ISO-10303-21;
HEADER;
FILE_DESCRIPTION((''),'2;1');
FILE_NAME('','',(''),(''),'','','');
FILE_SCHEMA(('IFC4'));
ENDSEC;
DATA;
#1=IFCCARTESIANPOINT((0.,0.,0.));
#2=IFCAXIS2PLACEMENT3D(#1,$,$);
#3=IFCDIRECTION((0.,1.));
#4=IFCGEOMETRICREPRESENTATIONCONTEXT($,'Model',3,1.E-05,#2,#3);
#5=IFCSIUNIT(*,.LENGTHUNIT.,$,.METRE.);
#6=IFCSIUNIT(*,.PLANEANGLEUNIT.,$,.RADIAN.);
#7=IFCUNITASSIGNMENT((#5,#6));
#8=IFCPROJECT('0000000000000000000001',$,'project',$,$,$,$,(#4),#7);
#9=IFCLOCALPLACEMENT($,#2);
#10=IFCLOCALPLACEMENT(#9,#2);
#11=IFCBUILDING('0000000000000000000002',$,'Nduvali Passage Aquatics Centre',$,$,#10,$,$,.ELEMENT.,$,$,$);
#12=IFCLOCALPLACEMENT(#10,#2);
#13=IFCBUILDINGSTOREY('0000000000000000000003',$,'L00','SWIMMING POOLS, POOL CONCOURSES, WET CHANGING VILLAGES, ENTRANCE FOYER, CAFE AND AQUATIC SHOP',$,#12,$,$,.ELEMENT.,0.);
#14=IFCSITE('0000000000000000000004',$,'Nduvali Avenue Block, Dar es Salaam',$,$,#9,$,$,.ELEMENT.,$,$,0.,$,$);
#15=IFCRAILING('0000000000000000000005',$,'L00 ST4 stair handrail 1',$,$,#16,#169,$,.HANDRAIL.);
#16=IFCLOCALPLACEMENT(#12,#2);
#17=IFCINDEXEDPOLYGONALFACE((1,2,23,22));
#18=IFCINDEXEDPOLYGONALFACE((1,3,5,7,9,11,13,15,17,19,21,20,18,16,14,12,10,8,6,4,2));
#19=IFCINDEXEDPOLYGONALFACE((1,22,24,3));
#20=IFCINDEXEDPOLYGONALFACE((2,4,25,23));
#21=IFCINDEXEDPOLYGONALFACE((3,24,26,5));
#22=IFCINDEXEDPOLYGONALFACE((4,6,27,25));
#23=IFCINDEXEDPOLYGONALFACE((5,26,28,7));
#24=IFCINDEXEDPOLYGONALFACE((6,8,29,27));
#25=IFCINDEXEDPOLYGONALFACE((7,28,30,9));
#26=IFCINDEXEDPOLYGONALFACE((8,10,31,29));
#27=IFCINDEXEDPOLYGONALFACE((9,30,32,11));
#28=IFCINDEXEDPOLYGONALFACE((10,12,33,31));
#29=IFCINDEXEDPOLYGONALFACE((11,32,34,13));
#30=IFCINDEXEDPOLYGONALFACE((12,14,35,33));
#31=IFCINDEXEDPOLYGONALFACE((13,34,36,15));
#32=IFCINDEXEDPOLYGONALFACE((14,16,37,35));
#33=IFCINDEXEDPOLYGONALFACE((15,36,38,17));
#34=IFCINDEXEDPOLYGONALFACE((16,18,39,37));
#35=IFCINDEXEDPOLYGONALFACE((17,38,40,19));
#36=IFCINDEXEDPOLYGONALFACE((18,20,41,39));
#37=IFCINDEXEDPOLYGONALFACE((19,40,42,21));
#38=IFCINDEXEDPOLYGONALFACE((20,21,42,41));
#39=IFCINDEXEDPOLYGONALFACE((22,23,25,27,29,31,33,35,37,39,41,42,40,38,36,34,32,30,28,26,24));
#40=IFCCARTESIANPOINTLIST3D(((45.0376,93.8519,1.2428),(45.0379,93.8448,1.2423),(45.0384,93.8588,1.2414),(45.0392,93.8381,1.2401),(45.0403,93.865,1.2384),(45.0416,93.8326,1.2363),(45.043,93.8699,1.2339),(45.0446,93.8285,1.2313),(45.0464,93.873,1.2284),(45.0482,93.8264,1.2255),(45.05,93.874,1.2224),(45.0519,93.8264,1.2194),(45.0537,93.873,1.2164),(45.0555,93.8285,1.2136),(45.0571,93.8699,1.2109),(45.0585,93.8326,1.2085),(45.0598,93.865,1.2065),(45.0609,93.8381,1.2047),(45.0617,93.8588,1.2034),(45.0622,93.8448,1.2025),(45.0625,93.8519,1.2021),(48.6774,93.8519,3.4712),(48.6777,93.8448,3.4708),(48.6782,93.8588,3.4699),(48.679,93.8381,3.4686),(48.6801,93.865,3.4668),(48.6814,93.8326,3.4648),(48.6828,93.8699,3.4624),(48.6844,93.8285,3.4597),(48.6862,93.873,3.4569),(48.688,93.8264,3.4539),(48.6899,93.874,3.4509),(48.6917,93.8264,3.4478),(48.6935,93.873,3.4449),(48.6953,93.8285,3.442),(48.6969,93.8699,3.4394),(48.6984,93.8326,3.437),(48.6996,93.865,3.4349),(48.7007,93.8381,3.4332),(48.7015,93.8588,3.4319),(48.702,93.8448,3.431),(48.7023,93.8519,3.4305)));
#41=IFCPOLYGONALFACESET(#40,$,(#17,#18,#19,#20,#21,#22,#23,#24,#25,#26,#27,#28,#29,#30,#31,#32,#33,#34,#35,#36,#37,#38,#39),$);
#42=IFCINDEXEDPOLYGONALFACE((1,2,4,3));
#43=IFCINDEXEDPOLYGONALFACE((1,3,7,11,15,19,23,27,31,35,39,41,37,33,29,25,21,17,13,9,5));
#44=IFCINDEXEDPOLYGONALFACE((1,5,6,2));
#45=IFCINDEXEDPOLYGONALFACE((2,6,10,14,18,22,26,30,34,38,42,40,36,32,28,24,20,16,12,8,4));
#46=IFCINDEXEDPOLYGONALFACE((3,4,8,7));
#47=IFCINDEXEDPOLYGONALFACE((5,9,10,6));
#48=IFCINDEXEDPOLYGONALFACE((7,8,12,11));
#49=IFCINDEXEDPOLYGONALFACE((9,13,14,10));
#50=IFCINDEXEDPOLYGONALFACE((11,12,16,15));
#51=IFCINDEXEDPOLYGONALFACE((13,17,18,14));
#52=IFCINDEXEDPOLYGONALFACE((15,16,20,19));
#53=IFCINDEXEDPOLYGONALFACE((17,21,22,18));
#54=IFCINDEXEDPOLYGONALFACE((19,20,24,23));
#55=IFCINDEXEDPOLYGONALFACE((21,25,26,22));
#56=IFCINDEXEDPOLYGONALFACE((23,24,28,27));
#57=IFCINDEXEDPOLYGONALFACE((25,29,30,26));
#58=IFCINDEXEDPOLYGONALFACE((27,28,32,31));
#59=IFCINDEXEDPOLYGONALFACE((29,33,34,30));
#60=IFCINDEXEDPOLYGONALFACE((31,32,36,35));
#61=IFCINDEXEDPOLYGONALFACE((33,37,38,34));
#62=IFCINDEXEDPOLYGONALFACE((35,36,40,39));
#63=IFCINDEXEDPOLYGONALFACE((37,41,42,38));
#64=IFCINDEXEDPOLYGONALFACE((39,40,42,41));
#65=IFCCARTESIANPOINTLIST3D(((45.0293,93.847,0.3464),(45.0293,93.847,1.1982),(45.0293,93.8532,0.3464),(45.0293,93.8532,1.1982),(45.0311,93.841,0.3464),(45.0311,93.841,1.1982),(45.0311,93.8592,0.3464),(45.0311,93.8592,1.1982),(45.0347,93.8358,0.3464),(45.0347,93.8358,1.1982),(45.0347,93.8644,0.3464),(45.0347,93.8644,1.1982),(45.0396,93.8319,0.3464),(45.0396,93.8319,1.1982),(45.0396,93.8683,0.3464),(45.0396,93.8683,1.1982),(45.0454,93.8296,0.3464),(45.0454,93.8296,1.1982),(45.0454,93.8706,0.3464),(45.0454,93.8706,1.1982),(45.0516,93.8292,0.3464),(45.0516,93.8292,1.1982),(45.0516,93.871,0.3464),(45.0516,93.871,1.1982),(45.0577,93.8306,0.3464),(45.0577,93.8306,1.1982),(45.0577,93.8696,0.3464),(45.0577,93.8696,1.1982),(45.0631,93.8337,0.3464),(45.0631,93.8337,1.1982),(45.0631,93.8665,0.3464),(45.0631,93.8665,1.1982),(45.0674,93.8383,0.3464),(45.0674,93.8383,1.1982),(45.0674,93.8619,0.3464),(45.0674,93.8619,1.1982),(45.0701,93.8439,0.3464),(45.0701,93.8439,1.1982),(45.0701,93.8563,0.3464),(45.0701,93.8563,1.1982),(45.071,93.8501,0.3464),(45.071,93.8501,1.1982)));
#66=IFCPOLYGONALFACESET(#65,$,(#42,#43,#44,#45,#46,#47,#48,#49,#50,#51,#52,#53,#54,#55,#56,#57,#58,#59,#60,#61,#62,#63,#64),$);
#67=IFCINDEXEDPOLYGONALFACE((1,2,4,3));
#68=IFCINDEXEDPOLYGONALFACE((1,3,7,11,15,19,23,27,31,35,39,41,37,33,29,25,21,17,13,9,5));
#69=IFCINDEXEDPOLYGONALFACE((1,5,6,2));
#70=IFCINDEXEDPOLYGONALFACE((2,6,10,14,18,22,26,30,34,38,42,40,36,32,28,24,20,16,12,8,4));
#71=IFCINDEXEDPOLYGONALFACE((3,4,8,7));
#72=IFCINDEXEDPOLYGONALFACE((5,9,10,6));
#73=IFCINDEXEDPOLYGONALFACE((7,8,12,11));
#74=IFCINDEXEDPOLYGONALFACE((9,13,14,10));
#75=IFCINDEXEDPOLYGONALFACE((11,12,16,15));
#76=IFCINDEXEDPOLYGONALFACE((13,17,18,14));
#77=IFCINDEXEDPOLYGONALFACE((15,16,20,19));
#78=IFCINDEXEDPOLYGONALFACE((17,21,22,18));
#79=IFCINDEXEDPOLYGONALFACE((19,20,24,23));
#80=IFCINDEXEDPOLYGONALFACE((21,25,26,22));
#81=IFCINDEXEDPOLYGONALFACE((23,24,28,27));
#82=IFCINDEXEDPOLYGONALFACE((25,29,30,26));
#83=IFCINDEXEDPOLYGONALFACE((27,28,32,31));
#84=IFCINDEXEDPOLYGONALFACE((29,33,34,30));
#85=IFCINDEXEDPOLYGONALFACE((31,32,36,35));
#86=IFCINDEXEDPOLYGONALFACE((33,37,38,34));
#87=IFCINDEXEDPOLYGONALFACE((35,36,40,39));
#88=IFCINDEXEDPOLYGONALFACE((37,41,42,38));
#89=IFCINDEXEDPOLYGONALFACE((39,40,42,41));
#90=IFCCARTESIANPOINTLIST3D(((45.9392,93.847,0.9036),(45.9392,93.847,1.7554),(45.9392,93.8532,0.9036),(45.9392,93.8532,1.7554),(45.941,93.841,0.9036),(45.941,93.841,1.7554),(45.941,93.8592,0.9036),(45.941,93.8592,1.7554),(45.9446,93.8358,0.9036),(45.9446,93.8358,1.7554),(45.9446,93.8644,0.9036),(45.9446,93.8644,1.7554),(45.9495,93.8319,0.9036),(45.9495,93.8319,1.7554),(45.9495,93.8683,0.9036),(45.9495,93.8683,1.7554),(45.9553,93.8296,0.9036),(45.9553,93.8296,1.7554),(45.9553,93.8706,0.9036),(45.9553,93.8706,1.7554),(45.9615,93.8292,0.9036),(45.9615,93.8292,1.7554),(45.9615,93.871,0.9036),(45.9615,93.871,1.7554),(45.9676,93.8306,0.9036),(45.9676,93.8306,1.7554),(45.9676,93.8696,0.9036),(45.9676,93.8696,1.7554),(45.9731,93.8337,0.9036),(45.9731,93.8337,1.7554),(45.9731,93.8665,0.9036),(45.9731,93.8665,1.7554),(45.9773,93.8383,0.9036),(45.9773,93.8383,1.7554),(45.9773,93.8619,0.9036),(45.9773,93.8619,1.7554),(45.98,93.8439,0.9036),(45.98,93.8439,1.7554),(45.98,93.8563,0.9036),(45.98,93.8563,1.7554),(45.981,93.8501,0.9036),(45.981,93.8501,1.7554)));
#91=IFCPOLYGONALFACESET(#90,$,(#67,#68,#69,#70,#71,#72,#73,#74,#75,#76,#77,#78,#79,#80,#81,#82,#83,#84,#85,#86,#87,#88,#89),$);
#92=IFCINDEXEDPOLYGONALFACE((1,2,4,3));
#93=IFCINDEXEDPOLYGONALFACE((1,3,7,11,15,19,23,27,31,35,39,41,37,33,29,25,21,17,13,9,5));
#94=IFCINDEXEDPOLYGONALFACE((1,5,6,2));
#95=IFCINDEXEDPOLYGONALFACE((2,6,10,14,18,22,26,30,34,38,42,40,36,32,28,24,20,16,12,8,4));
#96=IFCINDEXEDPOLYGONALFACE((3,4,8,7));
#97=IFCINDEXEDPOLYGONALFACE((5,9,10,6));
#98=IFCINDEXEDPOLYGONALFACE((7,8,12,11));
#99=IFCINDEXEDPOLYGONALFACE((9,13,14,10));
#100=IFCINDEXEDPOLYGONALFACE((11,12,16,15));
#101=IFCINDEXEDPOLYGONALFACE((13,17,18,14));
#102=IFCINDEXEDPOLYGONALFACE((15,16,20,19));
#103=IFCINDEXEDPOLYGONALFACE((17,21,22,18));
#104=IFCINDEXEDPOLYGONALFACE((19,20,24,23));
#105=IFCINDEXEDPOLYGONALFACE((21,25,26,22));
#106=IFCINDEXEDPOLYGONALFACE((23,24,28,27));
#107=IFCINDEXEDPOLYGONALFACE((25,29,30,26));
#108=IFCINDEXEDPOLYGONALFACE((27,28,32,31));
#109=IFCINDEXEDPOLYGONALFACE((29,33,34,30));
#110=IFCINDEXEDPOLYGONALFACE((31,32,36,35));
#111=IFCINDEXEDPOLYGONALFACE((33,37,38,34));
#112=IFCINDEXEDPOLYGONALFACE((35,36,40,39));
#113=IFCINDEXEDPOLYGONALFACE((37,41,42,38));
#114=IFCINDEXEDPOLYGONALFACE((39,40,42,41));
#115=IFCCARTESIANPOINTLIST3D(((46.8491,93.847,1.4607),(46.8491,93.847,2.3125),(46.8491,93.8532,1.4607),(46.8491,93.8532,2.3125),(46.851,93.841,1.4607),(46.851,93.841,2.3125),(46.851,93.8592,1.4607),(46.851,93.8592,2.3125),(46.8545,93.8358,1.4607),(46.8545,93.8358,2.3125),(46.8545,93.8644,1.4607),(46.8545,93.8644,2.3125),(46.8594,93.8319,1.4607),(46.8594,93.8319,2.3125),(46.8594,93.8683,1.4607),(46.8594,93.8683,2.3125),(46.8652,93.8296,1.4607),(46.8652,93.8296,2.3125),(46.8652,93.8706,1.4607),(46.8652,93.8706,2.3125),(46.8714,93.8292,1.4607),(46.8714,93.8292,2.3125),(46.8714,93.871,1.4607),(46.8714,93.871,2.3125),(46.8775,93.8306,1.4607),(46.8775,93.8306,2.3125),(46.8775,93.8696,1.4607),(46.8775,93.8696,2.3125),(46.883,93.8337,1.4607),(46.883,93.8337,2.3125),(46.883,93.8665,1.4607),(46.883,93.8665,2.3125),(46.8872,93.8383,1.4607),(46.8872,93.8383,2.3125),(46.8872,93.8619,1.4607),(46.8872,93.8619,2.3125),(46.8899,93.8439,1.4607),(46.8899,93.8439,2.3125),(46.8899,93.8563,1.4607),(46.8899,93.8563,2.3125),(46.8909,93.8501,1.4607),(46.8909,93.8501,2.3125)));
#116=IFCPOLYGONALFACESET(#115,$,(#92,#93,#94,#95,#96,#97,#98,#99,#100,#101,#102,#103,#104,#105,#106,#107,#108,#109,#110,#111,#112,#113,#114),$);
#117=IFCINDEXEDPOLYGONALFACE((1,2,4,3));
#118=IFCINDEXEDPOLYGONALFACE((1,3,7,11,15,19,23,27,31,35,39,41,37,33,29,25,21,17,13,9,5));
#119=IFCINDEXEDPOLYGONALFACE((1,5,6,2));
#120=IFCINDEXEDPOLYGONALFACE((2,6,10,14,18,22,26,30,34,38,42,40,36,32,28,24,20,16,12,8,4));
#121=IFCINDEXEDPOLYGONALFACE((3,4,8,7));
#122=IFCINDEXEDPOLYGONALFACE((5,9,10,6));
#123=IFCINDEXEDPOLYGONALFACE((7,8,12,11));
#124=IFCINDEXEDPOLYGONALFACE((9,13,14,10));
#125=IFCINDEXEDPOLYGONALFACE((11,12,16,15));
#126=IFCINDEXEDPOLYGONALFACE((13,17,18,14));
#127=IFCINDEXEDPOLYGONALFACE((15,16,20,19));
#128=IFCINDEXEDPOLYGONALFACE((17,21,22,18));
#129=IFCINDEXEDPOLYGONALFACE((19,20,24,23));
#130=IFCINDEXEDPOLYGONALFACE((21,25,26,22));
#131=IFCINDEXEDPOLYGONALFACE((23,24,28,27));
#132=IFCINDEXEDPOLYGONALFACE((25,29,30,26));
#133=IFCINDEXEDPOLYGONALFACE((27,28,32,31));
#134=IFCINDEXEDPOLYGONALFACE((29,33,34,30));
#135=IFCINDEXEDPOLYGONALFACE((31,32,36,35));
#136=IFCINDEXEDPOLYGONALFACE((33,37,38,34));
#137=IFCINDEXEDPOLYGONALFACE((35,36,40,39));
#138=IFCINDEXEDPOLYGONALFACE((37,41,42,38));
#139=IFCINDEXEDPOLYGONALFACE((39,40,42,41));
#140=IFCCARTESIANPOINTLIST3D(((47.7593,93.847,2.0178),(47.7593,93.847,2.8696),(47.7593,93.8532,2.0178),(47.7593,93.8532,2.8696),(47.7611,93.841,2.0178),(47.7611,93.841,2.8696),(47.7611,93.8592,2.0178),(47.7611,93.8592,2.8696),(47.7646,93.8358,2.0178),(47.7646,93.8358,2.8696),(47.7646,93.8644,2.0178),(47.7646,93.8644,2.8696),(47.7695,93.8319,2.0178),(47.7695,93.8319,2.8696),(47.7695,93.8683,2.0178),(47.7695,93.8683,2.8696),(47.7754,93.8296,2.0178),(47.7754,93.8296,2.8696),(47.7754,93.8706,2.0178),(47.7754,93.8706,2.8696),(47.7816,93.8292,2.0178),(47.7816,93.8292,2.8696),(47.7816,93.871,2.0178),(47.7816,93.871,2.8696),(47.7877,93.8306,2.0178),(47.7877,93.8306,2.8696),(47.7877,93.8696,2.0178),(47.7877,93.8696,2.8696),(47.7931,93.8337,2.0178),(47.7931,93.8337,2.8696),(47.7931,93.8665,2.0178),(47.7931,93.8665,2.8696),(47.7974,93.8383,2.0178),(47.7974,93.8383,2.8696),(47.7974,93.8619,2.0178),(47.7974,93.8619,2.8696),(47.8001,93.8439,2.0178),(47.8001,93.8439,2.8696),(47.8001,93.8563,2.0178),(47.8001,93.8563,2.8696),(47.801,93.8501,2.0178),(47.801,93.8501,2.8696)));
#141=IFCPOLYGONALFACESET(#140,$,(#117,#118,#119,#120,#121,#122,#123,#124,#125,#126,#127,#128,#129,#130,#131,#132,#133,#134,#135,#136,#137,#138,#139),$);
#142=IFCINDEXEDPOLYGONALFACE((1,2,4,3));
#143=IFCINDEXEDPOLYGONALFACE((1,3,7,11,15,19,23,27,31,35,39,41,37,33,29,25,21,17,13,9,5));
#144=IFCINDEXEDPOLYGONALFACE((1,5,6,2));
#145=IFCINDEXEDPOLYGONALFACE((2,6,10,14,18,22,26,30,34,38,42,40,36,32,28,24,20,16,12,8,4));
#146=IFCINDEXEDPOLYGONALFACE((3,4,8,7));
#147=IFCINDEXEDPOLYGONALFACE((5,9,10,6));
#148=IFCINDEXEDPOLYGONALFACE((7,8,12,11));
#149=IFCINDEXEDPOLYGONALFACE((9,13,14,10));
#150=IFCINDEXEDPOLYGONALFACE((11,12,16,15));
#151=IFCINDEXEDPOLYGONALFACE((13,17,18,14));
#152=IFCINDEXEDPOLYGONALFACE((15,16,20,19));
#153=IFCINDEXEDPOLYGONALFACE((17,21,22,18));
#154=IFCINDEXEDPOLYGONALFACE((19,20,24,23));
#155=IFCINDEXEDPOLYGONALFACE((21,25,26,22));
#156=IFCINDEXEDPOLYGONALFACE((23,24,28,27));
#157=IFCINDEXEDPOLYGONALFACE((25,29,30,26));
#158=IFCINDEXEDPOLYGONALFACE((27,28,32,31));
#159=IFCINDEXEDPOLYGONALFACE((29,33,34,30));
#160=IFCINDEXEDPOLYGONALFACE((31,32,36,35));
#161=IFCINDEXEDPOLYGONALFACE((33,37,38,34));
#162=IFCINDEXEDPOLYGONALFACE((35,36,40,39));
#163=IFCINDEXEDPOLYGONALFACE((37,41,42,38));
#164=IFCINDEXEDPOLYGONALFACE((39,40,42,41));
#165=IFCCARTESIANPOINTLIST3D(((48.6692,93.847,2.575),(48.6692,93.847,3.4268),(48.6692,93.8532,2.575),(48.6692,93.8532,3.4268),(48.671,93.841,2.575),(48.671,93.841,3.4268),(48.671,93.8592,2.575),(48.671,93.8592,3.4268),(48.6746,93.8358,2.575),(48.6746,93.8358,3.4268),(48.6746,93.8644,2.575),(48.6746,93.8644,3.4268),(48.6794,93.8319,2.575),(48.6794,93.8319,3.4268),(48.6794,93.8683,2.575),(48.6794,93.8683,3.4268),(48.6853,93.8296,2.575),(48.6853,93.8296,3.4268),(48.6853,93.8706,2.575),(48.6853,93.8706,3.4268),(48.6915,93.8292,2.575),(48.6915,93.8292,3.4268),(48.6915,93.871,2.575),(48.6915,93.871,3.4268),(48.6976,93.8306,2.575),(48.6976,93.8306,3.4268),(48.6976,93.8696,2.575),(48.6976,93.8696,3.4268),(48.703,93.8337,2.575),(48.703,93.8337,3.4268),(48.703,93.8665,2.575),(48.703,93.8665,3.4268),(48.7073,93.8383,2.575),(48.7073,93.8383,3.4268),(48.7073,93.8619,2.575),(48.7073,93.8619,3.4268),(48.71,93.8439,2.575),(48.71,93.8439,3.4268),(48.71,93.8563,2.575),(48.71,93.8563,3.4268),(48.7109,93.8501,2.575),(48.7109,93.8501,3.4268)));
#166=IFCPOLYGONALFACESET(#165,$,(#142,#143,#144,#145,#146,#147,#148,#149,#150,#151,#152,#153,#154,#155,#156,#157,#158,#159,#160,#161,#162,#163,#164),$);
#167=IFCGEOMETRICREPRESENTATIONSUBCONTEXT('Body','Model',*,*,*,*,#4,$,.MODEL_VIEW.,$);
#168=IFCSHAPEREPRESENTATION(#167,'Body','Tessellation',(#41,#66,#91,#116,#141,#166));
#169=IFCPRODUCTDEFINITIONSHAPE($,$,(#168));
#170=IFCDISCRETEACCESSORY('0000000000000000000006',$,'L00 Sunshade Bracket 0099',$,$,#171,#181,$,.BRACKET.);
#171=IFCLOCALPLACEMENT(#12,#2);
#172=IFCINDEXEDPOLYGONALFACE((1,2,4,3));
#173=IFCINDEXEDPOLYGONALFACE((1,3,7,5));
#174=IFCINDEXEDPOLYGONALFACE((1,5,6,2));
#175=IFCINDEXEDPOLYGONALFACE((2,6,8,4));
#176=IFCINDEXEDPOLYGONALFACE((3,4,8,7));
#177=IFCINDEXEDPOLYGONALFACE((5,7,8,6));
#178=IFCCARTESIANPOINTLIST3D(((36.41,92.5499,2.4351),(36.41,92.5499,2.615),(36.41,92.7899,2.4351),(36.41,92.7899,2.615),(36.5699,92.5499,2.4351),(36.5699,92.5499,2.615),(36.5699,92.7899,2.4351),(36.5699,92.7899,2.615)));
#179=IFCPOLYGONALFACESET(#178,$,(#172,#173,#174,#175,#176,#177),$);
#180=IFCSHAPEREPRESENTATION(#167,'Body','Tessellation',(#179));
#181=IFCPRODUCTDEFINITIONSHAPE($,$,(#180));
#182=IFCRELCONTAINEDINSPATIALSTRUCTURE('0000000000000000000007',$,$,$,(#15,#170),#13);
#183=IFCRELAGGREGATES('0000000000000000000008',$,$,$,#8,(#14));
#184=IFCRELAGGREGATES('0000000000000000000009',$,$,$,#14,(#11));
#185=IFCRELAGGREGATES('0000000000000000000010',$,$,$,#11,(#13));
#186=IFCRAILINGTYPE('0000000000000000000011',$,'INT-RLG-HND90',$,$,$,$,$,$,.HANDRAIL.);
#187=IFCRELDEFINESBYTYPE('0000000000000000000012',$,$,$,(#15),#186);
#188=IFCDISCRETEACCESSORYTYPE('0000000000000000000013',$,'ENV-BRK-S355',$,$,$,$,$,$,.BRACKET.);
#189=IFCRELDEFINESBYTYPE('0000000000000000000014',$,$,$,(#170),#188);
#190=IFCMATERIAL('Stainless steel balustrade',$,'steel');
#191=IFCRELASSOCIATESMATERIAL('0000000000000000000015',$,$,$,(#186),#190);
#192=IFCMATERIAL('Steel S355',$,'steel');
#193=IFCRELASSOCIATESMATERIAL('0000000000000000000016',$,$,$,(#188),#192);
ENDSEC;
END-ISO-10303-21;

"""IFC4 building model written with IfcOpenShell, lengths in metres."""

from ifc_helpers import new_model, si_unit, direction, frame, origin, origin_2d, place, context, subcontext, project, spatial, rectangle, circle, extrude, material, type_object, element, save


model = new_model("IFC4")

# Units and contexts
model_context = context("Model", 3, precision=1e-05, world=origin(), true_north=direction((0.0, 1.0)))
body_context = subcontext(model_context, "Body", "Model", "MODEL_VIEW")
ifc_project = project(units=[si_unit("LENGTHUNIT", "METRE"), si_unit("PLANEANGLEUNIT", "RADIAN")], contexts=[model_context])

# Site, building, storey
site_placement = place(None, origin())
site = spatial("IfcSite", under=ifc_project, at=site_placement, Name="Nduvali Avenue Block, Dar es Salaam", CompositionType="ELEMENT", RefElevation=0.0)
building_placement = place(site_placement, origin())
building = spatial("IfcBuilding", under=site, at=building_placement, Name="Nduvali Passage Aquatics Centre", CompositionType="ELEMENT")
storey_placement = place(building_placement, origin())
storey = spatial("IfcBuildingStorey", under=building, at=storey_placement, Name="L00", Description="SWIMMING POOLS, POOL CONCOURSES, WET CHANGING VILLAGES, ENTRANCE FOYER, CAFE AND AQUATIC SHOP", CompositionType="ELEMENT", Elevation=0.0)

# Railing
ifc_material_1 = material(Name="Stainless steel balustrade", Category="steel")
railing_type_1 = type_object("IfcRailingType", Name="INT-RLG-HND90", PredefinedType="HANDRAIL", material=ifc_material_1)
railing_placement = place(storey_placement, frame((45.05, 93.8501, 0.3464)))
element("IfcRailing", 1, at=railing_placement, inside=storey, type_object=railing_type_1, Name="L00 ST4 stair handrail 1", PredefinedType="HANDRAIL", context=body_context, shape_type="SweptSolid", body=[
    extrude(circle(Radius=0.0239, at=origin_2d()), frame((0.0, 0.0, 0.876), z_axis=(0.85285, 0.0, 0.522156), x_axis=(0.0, 1.0, 0.0)), (0.0, 0.0, 1.0), 4.2678),
    extrude(circle(Radius=0.021, at=origin_2d()), origin(), (0.0, 0.0, 1.0), 0.8518),
    extrude(circle(Radius=0.021, at=origin_2d()), frame((0.9099, 0.0, 0.5571)), (0.0, 0.0, 1.0), 0.8518),
    extrude(circle(Radius=0.021, at=origin_2d()), frame((1.8198, 0.0, 1.1143)), (0.0, 0.0, 1.0), 0.8518),
    extrude(circle(Radius=0.021, at=origin_2d()), frame((2.73, 0.0, 1.6714)), (0.0, 0.0, 1.0), 0.8518),
    extrude(circle(Radius=0.021, at=origin_2d()), frame((3.6399, 0.0, 2.2285)), (0.0, 0.0, 1.0), 0.8518),
])

# Discrete accessory
ifc_material_2 = material(Name="Steel S355", Category="steel")
discrete_accessory_type = type_object("IfcDiscreteAccessoryType", Name="ENV-BRK-S355", PredefinedType="BRACKET", material=ifc_material_2)
discrete_accessory_placement = place(storey_placement, frame((36.49, 92.6699, 2.4351), z_axis=(0.0, 0.0, 1.0), x_axis=(-1.0, 0.0, 0.0)))
element("IfcDiscreteAccessory", 2, at=discrete_accessory_placement, inside=storey, type_object=discrete_accessory_type, Name="L00 Sunshade Bracket 0099", PredefinedType="BRACKET", context=body_context, shape_type="SweptSolid", body=[
    extrude(rectangle(XDim=0.1599, YDim=0.24, at=origin_2d()), origin(), (0.0, 0.0, 1.0), 0.1799),
])

save(model, "model.ifc")
